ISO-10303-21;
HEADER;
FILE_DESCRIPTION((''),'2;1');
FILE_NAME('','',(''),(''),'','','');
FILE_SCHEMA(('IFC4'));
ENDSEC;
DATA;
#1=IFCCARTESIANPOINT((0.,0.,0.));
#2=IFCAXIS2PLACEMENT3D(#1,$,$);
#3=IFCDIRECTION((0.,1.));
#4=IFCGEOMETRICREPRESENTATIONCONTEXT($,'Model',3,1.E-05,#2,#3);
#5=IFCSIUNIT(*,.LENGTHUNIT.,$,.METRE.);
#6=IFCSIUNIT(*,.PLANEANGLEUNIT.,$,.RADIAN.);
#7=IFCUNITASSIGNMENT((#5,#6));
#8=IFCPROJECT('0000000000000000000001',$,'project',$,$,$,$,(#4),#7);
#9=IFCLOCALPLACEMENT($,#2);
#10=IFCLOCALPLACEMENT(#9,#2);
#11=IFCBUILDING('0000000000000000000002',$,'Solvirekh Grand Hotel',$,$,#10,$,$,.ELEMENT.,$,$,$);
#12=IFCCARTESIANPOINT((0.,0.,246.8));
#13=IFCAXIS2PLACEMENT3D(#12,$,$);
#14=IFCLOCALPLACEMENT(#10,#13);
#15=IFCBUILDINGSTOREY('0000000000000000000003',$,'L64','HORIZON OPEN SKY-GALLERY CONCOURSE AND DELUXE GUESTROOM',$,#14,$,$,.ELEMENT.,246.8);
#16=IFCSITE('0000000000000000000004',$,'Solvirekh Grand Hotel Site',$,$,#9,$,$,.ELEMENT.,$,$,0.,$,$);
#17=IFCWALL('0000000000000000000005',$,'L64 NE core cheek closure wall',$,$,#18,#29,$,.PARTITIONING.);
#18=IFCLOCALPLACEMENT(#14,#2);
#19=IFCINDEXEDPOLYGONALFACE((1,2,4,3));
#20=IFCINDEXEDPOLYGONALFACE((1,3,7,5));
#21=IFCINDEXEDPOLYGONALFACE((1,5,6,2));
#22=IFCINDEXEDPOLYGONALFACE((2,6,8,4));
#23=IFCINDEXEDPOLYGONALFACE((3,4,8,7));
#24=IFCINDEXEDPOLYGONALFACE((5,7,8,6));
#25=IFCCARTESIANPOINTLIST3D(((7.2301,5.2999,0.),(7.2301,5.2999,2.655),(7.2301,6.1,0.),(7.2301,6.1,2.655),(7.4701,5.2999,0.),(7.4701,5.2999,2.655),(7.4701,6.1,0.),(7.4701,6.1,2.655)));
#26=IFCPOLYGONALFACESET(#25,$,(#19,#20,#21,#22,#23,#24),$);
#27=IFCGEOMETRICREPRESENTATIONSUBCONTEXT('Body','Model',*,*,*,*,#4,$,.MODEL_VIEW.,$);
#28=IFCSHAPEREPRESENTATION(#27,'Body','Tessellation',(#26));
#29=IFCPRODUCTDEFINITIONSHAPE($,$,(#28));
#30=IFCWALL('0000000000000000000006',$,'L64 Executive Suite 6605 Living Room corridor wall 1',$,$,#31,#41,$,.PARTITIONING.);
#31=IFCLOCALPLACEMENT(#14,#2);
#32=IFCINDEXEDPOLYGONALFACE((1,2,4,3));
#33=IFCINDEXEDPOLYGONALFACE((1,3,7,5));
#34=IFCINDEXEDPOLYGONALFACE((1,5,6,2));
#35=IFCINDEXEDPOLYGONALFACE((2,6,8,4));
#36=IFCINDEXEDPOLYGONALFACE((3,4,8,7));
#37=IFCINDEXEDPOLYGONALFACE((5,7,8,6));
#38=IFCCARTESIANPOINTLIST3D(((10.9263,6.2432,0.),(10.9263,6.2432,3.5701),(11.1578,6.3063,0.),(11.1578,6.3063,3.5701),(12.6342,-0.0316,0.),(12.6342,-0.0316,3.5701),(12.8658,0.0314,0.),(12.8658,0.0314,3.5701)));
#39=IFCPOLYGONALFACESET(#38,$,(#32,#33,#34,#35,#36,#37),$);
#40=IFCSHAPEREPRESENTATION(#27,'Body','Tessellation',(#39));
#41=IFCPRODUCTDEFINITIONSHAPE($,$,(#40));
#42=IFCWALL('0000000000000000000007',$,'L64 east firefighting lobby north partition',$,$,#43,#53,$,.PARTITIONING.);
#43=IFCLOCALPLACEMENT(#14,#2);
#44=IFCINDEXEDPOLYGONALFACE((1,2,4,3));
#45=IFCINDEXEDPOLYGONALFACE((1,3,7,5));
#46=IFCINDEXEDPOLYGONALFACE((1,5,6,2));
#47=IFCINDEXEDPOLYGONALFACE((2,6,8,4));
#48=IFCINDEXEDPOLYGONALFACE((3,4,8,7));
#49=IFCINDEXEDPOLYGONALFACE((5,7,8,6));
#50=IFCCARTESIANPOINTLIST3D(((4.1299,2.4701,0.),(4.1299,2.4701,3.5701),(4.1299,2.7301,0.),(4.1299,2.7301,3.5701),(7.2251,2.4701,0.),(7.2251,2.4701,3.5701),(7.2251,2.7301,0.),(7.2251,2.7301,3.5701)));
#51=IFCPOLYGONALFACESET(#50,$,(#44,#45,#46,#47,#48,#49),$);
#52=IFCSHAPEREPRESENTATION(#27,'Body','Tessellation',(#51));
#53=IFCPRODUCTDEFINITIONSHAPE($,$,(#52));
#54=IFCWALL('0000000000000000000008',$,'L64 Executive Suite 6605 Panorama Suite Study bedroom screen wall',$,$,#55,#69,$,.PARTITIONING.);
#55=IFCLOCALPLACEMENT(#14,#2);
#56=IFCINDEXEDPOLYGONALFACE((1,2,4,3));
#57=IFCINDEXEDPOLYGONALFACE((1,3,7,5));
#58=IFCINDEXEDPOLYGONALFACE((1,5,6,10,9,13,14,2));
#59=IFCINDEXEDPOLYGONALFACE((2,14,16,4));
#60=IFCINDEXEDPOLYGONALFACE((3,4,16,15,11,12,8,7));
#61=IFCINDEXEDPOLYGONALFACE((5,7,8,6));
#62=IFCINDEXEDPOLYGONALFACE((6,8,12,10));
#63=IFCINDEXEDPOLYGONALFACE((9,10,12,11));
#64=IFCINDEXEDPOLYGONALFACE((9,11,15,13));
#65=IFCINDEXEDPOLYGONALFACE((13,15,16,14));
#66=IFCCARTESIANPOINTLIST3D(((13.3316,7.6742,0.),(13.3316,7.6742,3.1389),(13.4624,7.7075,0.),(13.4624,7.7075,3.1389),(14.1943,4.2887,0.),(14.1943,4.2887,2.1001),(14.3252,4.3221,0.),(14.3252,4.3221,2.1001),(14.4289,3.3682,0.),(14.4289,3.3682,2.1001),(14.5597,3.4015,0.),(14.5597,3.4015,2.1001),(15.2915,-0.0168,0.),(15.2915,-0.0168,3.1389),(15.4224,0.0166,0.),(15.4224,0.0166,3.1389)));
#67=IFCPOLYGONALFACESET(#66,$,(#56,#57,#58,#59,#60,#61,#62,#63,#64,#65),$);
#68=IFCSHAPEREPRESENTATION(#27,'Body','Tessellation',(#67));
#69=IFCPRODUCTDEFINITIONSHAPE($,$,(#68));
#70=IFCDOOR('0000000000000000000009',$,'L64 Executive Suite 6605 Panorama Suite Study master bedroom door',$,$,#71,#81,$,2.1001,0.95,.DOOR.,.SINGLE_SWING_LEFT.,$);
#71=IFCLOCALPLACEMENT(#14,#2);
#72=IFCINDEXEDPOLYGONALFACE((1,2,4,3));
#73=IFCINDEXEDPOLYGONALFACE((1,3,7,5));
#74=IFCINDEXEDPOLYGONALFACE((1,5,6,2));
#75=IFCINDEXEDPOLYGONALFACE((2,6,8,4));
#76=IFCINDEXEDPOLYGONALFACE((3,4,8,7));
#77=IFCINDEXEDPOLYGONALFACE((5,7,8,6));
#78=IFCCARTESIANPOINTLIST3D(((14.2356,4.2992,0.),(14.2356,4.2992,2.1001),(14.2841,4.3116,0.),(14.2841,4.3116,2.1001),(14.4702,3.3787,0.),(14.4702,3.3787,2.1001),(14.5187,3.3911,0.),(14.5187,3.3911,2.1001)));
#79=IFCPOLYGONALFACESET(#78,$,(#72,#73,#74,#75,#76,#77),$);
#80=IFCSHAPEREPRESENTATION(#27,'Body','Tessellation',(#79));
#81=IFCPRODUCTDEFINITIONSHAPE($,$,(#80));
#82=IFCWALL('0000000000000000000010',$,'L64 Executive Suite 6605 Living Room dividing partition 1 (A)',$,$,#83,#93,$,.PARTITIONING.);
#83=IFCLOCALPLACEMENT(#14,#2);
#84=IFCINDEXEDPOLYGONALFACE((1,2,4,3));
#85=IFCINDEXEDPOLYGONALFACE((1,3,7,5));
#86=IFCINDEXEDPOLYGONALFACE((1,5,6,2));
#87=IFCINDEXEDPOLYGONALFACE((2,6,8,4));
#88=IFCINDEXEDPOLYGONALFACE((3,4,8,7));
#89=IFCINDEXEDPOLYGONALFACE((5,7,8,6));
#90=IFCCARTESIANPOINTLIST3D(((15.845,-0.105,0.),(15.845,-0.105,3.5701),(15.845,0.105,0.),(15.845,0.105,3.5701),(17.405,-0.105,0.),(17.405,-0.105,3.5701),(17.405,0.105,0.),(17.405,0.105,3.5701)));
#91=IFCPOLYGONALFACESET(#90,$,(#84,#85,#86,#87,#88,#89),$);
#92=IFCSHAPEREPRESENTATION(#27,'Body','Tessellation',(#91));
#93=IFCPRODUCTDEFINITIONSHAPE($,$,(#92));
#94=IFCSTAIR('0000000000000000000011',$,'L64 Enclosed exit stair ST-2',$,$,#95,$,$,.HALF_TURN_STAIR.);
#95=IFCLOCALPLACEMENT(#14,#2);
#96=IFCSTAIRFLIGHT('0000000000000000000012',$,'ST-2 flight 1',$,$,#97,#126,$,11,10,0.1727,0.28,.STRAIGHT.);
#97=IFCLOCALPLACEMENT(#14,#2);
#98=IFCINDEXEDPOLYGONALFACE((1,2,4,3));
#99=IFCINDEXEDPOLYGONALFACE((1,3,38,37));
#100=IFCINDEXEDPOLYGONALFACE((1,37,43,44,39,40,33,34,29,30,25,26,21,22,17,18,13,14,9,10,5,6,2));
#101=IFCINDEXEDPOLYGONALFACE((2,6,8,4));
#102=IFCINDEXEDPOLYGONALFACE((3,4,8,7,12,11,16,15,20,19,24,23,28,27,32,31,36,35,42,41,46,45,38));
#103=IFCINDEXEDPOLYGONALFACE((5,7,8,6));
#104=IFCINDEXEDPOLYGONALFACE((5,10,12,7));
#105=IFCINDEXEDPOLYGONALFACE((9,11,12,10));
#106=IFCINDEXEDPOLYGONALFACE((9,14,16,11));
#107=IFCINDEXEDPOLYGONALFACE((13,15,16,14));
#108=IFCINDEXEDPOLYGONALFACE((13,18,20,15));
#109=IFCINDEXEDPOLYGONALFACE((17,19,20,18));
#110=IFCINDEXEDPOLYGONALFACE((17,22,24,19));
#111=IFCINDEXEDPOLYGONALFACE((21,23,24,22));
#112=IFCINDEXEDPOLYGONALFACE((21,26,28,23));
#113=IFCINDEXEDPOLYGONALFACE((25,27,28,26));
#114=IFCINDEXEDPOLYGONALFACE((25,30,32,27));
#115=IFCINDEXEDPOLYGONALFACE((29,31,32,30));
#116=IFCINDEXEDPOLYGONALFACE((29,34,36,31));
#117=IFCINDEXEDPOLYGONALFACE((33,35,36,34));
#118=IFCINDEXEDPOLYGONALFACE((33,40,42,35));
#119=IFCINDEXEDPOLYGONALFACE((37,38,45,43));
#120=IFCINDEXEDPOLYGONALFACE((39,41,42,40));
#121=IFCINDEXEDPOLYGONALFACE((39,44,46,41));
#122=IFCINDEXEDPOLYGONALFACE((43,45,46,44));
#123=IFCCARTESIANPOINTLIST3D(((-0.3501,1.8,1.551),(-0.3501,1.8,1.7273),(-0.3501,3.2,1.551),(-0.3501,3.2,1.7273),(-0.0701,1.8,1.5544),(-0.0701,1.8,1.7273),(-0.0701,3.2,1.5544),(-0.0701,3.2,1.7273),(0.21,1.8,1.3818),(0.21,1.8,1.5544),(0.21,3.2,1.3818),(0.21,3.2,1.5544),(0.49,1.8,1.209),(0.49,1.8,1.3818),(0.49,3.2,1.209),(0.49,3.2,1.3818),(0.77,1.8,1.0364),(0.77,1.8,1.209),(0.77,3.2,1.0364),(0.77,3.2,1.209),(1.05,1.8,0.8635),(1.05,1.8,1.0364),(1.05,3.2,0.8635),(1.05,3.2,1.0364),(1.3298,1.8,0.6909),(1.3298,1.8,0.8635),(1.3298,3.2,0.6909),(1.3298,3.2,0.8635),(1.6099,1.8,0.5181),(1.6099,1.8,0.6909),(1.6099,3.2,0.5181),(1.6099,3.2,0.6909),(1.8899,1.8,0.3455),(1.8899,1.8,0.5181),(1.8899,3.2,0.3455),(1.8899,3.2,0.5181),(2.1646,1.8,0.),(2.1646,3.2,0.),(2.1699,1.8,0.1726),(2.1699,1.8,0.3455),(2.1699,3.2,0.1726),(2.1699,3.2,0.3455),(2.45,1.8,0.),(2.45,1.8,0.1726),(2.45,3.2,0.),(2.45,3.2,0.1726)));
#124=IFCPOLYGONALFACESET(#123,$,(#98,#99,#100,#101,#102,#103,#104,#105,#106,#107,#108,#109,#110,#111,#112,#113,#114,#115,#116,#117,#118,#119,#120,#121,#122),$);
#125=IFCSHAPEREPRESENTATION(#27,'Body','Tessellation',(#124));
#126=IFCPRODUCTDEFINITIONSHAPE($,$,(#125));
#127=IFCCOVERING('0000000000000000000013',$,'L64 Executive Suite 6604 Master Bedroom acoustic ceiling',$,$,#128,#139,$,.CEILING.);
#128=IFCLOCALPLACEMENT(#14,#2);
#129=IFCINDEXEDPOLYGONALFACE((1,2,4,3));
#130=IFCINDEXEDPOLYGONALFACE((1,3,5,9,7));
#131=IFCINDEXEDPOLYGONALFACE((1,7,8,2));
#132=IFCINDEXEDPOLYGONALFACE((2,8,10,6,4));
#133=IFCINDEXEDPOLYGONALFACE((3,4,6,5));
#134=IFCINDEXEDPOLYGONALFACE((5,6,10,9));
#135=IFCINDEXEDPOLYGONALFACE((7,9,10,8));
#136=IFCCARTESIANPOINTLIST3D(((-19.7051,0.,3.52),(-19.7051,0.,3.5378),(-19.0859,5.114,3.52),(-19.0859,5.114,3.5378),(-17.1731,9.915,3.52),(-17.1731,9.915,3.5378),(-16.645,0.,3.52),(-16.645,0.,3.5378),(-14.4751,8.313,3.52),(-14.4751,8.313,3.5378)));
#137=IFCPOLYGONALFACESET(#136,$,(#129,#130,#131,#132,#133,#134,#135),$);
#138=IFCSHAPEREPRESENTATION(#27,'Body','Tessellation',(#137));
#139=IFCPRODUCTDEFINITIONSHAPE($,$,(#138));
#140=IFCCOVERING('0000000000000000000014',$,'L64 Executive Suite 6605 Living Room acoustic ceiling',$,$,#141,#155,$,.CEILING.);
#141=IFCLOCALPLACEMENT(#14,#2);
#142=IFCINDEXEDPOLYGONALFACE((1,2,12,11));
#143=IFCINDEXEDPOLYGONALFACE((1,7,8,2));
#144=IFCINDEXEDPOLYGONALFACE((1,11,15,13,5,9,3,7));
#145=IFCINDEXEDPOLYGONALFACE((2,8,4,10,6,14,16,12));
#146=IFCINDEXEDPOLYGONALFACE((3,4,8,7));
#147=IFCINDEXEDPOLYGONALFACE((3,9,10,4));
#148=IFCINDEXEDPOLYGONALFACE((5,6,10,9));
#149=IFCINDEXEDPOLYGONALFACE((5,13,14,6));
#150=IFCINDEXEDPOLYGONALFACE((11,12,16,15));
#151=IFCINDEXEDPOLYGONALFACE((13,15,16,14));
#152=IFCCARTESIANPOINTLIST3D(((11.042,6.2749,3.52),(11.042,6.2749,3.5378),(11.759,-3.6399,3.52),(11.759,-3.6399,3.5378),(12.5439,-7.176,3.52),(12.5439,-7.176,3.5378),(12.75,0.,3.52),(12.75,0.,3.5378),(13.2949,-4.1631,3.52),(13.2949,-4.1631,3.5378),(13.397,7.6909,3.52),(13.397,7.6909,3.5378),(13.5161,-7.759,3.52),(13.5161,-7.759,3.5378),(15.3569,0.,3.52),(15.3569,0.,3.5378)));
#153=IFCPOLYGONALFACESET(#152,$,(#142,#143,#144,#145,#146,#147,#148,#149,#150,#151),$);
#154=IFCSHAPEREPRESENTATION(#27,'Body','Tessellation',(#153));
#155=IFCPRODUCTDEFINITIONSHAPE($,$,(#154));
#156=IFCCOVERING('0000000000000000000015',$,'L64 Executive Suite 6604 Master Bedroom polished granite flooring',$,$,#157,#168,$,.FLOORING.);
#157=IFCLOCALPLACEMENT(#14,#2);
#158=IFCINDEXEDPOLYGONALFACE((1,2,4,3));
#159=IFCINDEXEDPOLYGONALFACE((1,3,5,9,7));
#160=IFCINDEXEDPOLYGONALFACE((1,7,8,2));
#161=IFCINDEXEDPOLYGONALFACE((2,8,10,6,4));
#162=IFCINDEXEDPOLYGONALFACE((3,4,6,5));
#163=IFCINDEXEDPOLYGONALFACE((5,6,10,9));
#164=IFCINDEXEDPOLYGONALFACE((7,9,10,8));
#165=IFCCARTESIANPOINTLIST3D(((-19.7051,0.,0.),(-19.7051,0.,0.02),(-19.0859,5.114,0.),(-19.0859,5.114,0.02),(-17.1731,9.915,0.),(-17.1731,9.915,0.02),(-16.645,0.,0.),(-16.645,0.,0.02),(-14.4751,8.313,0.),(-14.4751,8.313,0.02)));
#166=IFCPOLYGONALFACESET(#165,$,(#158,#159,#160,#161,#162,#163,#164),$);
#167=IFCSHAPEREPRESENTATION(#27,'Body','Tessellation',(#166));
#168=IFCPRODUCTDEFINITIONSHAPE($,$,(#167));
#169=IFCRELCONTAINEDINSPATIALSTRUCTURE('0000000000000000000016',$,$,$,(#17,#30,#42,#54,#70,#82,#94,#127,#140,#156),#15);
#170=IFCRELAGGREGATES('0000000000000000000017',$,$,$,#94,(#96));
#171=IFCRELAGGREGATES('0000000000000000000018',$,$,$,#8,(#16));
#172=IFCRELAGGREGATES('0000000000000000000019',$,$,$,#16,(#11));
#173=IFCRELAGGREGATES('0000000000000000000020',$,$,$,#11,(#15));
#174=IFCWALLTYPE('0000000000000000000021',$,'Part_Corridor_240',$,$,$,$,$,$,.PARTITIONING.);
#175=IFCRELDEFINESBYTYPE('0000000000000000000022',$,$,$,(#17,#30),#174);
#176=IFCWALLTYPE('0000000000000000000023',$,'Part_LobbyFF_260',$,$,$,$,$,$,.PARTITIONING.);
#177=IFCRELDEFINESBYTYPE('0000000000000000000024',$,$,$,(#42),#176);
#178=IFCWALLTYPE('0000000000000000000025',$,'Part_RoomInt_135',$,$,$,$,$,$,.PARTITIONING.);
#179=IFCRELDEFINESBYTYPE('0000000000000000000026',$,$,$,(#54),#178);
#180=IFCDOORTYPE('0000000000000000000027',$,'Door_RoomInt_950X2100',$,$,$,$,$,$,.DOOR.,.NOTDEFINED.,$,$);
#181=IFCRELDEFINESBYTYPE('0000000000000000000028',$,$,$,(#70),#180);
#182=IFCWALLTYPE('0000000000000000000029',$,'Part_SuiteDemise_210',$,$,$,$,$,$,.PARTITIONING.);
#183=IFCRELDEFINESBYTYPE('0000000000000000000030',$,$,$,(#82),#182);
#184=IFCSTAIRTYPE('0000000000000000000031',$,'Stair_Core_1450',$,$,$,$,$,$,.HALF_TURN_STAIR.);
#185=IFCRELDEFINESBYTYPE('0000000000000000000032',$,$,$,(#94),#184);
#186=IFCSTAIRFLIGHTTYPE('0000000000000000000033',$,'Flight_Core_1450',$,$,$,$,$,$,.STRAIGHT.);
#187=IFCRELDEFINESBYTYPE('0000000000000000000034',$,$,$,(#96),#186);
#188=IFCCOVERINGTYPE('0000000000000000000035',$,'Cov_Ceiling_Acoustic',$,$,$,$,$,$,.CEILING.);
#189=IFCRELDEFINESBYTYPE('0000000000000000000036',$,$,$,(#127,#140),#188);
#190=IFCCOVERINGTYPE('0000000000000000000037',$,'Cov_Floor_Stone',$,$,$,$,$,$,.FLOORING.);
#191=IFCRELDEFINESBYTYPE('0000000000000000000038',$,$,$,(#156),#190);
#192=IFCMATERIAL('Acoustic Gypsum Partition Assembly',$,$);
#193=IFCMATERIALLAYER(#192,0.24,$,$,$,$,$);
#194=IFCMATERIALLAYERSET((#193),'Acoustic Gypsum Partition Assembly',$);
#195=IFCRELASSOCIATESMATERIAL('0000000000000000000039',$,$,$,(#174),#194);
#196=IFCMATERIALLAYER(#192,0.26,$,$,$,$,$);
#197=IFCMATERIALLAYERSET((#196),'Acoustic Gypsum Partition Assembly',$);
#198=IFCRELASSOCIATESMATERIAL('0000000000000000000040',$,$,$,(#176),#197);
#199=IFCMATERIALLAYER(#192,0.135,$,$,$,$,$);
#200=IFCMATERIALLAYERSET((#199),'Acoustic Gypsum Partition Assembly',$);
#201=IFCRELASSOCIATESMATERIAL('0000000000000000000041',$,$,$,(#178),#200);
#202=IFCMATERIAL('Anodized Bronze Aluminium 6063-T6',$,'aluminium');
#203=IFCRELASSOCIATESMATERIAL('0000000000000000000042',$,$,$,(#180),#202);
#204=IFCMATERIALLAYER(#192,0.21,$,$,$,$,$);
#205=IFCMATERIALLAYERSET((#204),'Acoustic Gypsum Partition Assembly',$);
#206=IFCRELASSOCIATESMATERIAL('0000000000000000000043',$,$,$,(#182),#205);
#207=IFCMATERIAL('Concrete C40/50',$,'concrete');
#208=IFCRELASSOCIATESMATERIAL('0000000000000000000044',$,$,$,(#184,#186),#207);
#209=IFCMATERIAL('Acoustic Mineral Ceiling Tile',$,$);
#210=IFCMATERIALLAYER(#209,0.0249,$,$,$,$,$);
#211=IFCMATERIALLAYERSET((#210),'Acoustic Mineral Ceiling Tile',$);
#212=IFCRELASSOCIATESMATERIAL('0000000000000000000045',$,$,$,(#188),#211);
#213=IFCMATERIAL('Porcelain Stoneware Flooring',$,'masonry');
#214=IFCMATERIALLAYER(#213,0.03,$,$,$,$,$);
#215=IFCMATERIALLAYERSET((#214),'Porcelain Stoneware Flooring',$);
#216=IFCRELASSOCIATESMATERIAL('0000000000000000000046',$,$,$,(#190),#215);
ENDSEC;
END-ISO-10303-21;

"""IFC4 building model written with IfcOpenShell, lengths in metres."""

from ifc_helpers import new_model, si_unit, direction, frame, frame_2d, origin, place, context, subcontext, project, spatial, polyline, rectangle, outline, extrude, material, layer, layer_set, type_object, element, fill, aggregate, save


model = new_model("IFC4")

# Units and contexts
model_context = context("Model", 3, precision=1e-05, world=origin(), true_north=direction((0.0, 1.0)))
body_context = subcontext(model_context, "Body", "Model", "MODEL_VIEW")
ifc_project = project(units=[si_unit("LENGTHUNIT", "METRE"), si_unit("PLANEANGLEUNIT", "RADIAN")], contexts=[model_context])

# Site, building, storey
site_placement = place(None, origin())
site = spatial("IfcSite", under=ifc_project, at=site_placement, Name="Solvirekh Grand Hotel Site", CompositionType="ELEMENT", RefElevation=0.0)
building_placement = place(site_placement, origin())
building = spatial("IfcBuilding", under=site, at=building_placement, Name="Solvirekh Grand Hotel", CompositionType="ELEMENT")
storey_placement = place(building_placement, frame((0.0, 0.0, 246.8)))
storey = spatial("IfcBuildingStorey", under=building, at=storey_placement, Name="L64", Description="HORIZON OPEN SKY-GALLERY CONCOURSE AND DELUXE GUESTROOM", CompositionType="ELEMENT", Elevation=246.8)

# Shared definitions
ifc_material_1 = material(Name="Anodized Bronze Aluminium 6063-T6", Category="aluminium")

# Shared definitions
ifc_material_2 = material(Name="Concrete C40/50", Category="concrete")

# Shared definitions
ifc_material_3 = material(Name="Acoustic Gypsum Partition Assembly")

# Walls
ifc_layer_1 = layer(ifc_material_3, 0.24)
ifc_layer_set_1 = layer_set([ifc_layer_1], Name="Acoustic Gypsum Partition Assembly")
wall_type_1 = type_object("IfcWallType", Name="Part_Corridor_240", PredefinedType="PARTITIONING", material=ifc_layer_set_1)
wall_1_placement = place(storey_placement, frame((7.3501, 5.3, 0.0), z_axis=(0.0, 0.0, 1.0), x_axis=(0.0, 1.0, 0.0)))
element("IfcWall", 1, at=wall_1_placement, inside=storey, type_object=wall_type_1, Name="L64 NE core cheek closure wall", PredefinedType="PARTITIONING", context=body_context, shape_type="SweptSolid", body=[
    extrude(rectangle(XDim=0.8, YDim=0.24, at=frame_2d((0.3999, 0.0))), origin(), (0.0, 0.0, 1.0), 2.655),
])
wall_2_placement = place(storey_placement, frame((12.75, 0.0, 0.0), z_axis=(0.0, 0.0, 1.0), x_axis=(-0.262641, 0.964894, 0.0)))
element("IfcWall", 2, at=wall_2_placement, inside=storey, type_object=wall_type_1, Name="L64 Executive Suite 6605 Living Room corridor wall 1", PredefinedType="PARTITIONING", context=body_context, shape_type="SweptSolid", body=[
    extrude(rectangle(XDim=6.5032, YDim=0.24, at=frame_2d((3.2515, 0.0))), origin(), (0.0, 0.0, 1.0), 3.5701),
])
ifc_layer_2 = layer(ifc_material_3, 0.26)
ifc_layer_set_2 = layer_set([ifc_layer_2], Name="Acoustic Gypsum Partition Assembly")
wall_type_2 = type_object("IfcWallType", Name="Part_LobbyFF_260", PredefinedType="PARTITIONING", material=ifc_layer_set_2)
wall_3_placement = place(storey_placement, frame((4.1299, 2.6001, 0.0), z_axis=(0.0, 0.0, 1.0), x_axis=(1.0, 0.0, 0.0)))
element("IfcWall", 3, at=wall_3_placement, inside=storey, type_object=wall_type_2, Name="L64 east firefighting lobby north partition", PredefinedType="PARTITIONING", context=body_context, shape_type="SweptSolid", body=[
    extrude(rectangle(XDim=3.0952, YDim=0.26, at=frame_2d((1.5476, 0.0))), origin(), (0.0, 0.0, 1.0), 3.5701),
])

# Wall, opening, door
ifc_layer_3 = layer(ifc_material_3, 0.135)
ifc_layer_set_3 = layer_set([ifc_layer_3], Name="Acoustic Gypsum Partition Assembly")
wall_type_3 = type_object("IfcWallType", Name="Part_RoomInt_135", PredefinedType="PARTITIONING", material=ifc_layer_set_3)
wall_4_placement = place(storey_placement, frame((15.3569, 0.0, 0.0), z_axis=(0.0, 0.0, 1.0), x_axis=(-0.246948, 0.969029, 0.0)))
wall_4 = element("IfcWall", 4, at=wall_4_placement, inside=storey, type_object=wall_type_3, Name="L64 Executive Suite 6605 Panorama Suite Study bedroom screen wall", PredefinedType="PARTITIONING", context=body_context, shape_type="SweptSolid", body=[
    extrude(rectangle(XDim=7.9368, YDim=0.135, at=frame_2d((3.9683, 0.0))), origin(), (0.0, 0.0, 1.0), 3.1389),
])
opening_1_placement = place(wall_4_placement, frame((3.4929, 0.0, 0.0)))
opening_1 = element("IfcOpeningElement", 5, at=opening_1_placement, cuts=wall_4, PredefinedType="OPENING", context=body_context, shape_type="SweptSolid", body=[
    extrude(rectangle(XDim=0.95, YDim=2.1001, at=frame_2d((0.4751, 1.05))), frame((0.0, 0.0776, 0.0), z_axis=(0.0, -1.0, 0.0), x_axis=(1.0, 0.0, 0.0)), (0.0, 0.0, 1.0), 0.155),
])
door_type_1 = type_object("IfcDoorType", Name="Door_RoomInt_950X2100", OperationType="NOTDEFINED", PredefinedType="DOOR", material=ifc_material_1)
door_1_placement = place(opening_1_placement, origin())
door_1 = element("IfcDoor", 6, at=door_1_placement, inside=storey, type_object=door_type_1, Name="L64 Executive Suite 6605 Panorama Suite Study master bedroom door", OperationType="SINGLE_SWING_LEFT", OverallHeight=2.1001, OverallWidth=0.95, PredefinedType="DOOR", context=body_context, shape_type="SweptSolid", body=[
    extrude(rectangle(XDim=0.95, YDim=2.1001, at=frame_2d((0.4751, 1.05))), frame((0.0, 0.0249, 0.0), z_axis=(0.0, -1.0, 0.0), x_axis=(1.0, 0.0, 0.0)), (0.0, 0.0, 1.0), 0.05),
])
fill(opening_1, door_1)

# Wall
ifc_layer_4 = layer(ifc_material_3, 0.21)
ifc_layer_set_4 = layer_set([ifc_layer_4], Name="Acoustic Gypsum Partition Assembly")
wall_type_4 = type_object("IfcWallType", Name="Part_SuiteDemise_210", PredefinedType="PARTITIONING", material=ifc_layer_set_4)
wall_5_placement = place(storey_placement, frame((15.845, 0.0, 0.0), z_axis=(0.0, 0.0, 1.0), x_axis=(1.0, 0.0, 0.0)))
element("IfcWall", 7, at=wall_5_placement, inside=storey, type_object=wall_type_4, Name="L64 Executive Suite 6605 Living Room dividing partition 1 (A)", PredefinedType="PARTITIONING", context=body_context, shape_type="SweptSolid", body=[
    extrude(rectangle(XDim=1.5601, YDim=0.21, at=frame_2d((0.78, 0.0))), origin(), (0.0, 0.0, 1.0), 3.5701),
])

# Stair, stair flight
stair_type = type_object("IfcStairType", Name="Stair_Core_1450", PredefinedType="HALF_TURN_STAIR", material=ifc_material_2)
stair_placement = place(storey_placement, origin())
stair = element("IfcStair", 8, at=stair_placement, inside=storey, type_object=stair_type, Name="L64 Enclosed exit stair ST-2", PredefinedType="HALF_TURN_STAIR")
stair_flight_type = type_object("IfcStairFlightType", Name="Flight_Core_1450", PredefinedType="STRAIGHT", material=ifc_material_2)
stair_flight_placement = place(storey_placement, frame((2.45, 2.5, 0.0), z_axis=(0.0, 0.0, 1.0), x_axis=(-1.0, 0.0, 0.0)))
stair_flight = element("IfcStairFlight", 9, at=stair_flight_placement, type_object=stair_flight_type, Name="ST-2 flight 1", NumberOfRisers=11, NumberOfTreads=10, PredefinedType="STRAIGHT", RiserHeight=0.1727, TreadLength=0.28, context=body_context, shape_type="SweptSolid", body=[
    extrude(outline(polyline([(0.0, 0.0), (0.0, 0.1726), (0.28, 0.1726), (0.28, 0.3455), (0.5601, 0.3455), (0.5601, 0.5181), (0.8401, 0.5181), (0.8401, 0.6909), (1.1201, 0.6909), (1.1201, 0.8635), (1.3999, 0.8635), (1.3999, 1.0364), (1.6799, 1.0364), (1.6799, 1.209), (1.96, 1.209), (1.96, 1.3818), (2.24, 1.3818), (2.24, 1.5544), (2.52, 1.5544), (2.52, 1.7273), (2.8, 1.7273), (2.8, 1.8999), (2.8, 1.551), (0.2854, 0.0), (0.0, 0.0)])), frame((0.0, 0.7, 0.0), z_axis=(0.0, -1.0, 0.0), x_axis=(1.0, 0.0, 0.0)), (0.0, 0.0, 1.0), 1.3999),
])
aggregate(stair, [stair_flight])

# Coverings
ifc_material_4 = material(Name="Acoustic Mineral Ceiling Tile")
ifc_layer_5 = layer(ifc_material_4, 0.0249)
ifc_layer_set_5 = layer_set([ifc_layer_5], Name="Acoustic Mineral Ceiling Tile")
covering_type_1 = type_object("IfcCoveringType", Name="Cov_Ceiling_Acoustic", PredefinedType="CEILING", material=ifc_layer_set_5)
covering_1_placement = place(storey_placement, frame((0.0, 0.0, 3.52)))
element("IfcCovering", 10, at=covering_1_placement, inside=storey, type_object=covering_type_1, Name="L64 Executive Suite 6604 Master Bedroom acoustic ceiling", PredefinedType="CEILING", context=body_context, shape_type="SweptSolid", body=[
    extrude(outline(polyline([(-17.1731, 9.915), (-19.0859, 5.114), (-19.7051, 0.0), (-16.645, 0.0), (-14.4751, 8.313), (-17.1731, 9.915)])), origin(), (0.0, 0.0, 1.0), 0.0178),
])
covering_2_placement = place(storey_placement, frame((0.0, 0.0, 3.52)))
element("IfcCovering", 11, at=covering_2_placement, inside=storey, type_object=covering_type_1, Name="L64 Executive Suite 6605 Living Room acoustic ceiling", PredefinedType="CEILING", context=body_context, shape_type="SweptSolid", body=[
    extrude(outline(polyline([(13.2949, -4.1631), (12.5439, -7.176), (13.5161, -7.759), (15.3569, 0.0), (13.397, 7.6909), (11.042, 6.2749), (12.75, 0.0), (11.759, -3.6399), (13.2949, -4.1631)])), origin(), (0.0, 0.0, 1.0), 0.0178),
])
ifc_material_5 = material(Name="Porcelain Stoneware Flooring", Category="masonry")
ifc_layer_6 = layer(ifc_material_5, 0.03)
ifc_layer_set_6 = layer_set([ifc_layer_6], Name="Porcelain Stoneware Flooring")
covering_type_2 = type_object("IfcCoveringType", Name="Cov_Floor_Stone", PredefinedType="FLOORING", material=ifc_layer_set_6)
covering_3_placement = place(storey_placement, origin())
element("IfcCovering", 12, at=covering_3_placement, inside=storey, type_object=covering_type_2, Name="L64 Executive Suite 6604 Master Bedroom polished granite flooring", PredefinedType="FLOORING", context=body_context, shape_type="SweptSolid", body=[
    extrude(outline(polyline([(-17.1731, 9.915), (-19.0859, 5.114), (-19.7051, 0.0), (-16.645, 0.0), (-14.4751, 8.313), (-17.1731, 9.915)])), origin(), (0.0, 0.0, 1.0), 0.02),
])

save(model, "model.ifc")
